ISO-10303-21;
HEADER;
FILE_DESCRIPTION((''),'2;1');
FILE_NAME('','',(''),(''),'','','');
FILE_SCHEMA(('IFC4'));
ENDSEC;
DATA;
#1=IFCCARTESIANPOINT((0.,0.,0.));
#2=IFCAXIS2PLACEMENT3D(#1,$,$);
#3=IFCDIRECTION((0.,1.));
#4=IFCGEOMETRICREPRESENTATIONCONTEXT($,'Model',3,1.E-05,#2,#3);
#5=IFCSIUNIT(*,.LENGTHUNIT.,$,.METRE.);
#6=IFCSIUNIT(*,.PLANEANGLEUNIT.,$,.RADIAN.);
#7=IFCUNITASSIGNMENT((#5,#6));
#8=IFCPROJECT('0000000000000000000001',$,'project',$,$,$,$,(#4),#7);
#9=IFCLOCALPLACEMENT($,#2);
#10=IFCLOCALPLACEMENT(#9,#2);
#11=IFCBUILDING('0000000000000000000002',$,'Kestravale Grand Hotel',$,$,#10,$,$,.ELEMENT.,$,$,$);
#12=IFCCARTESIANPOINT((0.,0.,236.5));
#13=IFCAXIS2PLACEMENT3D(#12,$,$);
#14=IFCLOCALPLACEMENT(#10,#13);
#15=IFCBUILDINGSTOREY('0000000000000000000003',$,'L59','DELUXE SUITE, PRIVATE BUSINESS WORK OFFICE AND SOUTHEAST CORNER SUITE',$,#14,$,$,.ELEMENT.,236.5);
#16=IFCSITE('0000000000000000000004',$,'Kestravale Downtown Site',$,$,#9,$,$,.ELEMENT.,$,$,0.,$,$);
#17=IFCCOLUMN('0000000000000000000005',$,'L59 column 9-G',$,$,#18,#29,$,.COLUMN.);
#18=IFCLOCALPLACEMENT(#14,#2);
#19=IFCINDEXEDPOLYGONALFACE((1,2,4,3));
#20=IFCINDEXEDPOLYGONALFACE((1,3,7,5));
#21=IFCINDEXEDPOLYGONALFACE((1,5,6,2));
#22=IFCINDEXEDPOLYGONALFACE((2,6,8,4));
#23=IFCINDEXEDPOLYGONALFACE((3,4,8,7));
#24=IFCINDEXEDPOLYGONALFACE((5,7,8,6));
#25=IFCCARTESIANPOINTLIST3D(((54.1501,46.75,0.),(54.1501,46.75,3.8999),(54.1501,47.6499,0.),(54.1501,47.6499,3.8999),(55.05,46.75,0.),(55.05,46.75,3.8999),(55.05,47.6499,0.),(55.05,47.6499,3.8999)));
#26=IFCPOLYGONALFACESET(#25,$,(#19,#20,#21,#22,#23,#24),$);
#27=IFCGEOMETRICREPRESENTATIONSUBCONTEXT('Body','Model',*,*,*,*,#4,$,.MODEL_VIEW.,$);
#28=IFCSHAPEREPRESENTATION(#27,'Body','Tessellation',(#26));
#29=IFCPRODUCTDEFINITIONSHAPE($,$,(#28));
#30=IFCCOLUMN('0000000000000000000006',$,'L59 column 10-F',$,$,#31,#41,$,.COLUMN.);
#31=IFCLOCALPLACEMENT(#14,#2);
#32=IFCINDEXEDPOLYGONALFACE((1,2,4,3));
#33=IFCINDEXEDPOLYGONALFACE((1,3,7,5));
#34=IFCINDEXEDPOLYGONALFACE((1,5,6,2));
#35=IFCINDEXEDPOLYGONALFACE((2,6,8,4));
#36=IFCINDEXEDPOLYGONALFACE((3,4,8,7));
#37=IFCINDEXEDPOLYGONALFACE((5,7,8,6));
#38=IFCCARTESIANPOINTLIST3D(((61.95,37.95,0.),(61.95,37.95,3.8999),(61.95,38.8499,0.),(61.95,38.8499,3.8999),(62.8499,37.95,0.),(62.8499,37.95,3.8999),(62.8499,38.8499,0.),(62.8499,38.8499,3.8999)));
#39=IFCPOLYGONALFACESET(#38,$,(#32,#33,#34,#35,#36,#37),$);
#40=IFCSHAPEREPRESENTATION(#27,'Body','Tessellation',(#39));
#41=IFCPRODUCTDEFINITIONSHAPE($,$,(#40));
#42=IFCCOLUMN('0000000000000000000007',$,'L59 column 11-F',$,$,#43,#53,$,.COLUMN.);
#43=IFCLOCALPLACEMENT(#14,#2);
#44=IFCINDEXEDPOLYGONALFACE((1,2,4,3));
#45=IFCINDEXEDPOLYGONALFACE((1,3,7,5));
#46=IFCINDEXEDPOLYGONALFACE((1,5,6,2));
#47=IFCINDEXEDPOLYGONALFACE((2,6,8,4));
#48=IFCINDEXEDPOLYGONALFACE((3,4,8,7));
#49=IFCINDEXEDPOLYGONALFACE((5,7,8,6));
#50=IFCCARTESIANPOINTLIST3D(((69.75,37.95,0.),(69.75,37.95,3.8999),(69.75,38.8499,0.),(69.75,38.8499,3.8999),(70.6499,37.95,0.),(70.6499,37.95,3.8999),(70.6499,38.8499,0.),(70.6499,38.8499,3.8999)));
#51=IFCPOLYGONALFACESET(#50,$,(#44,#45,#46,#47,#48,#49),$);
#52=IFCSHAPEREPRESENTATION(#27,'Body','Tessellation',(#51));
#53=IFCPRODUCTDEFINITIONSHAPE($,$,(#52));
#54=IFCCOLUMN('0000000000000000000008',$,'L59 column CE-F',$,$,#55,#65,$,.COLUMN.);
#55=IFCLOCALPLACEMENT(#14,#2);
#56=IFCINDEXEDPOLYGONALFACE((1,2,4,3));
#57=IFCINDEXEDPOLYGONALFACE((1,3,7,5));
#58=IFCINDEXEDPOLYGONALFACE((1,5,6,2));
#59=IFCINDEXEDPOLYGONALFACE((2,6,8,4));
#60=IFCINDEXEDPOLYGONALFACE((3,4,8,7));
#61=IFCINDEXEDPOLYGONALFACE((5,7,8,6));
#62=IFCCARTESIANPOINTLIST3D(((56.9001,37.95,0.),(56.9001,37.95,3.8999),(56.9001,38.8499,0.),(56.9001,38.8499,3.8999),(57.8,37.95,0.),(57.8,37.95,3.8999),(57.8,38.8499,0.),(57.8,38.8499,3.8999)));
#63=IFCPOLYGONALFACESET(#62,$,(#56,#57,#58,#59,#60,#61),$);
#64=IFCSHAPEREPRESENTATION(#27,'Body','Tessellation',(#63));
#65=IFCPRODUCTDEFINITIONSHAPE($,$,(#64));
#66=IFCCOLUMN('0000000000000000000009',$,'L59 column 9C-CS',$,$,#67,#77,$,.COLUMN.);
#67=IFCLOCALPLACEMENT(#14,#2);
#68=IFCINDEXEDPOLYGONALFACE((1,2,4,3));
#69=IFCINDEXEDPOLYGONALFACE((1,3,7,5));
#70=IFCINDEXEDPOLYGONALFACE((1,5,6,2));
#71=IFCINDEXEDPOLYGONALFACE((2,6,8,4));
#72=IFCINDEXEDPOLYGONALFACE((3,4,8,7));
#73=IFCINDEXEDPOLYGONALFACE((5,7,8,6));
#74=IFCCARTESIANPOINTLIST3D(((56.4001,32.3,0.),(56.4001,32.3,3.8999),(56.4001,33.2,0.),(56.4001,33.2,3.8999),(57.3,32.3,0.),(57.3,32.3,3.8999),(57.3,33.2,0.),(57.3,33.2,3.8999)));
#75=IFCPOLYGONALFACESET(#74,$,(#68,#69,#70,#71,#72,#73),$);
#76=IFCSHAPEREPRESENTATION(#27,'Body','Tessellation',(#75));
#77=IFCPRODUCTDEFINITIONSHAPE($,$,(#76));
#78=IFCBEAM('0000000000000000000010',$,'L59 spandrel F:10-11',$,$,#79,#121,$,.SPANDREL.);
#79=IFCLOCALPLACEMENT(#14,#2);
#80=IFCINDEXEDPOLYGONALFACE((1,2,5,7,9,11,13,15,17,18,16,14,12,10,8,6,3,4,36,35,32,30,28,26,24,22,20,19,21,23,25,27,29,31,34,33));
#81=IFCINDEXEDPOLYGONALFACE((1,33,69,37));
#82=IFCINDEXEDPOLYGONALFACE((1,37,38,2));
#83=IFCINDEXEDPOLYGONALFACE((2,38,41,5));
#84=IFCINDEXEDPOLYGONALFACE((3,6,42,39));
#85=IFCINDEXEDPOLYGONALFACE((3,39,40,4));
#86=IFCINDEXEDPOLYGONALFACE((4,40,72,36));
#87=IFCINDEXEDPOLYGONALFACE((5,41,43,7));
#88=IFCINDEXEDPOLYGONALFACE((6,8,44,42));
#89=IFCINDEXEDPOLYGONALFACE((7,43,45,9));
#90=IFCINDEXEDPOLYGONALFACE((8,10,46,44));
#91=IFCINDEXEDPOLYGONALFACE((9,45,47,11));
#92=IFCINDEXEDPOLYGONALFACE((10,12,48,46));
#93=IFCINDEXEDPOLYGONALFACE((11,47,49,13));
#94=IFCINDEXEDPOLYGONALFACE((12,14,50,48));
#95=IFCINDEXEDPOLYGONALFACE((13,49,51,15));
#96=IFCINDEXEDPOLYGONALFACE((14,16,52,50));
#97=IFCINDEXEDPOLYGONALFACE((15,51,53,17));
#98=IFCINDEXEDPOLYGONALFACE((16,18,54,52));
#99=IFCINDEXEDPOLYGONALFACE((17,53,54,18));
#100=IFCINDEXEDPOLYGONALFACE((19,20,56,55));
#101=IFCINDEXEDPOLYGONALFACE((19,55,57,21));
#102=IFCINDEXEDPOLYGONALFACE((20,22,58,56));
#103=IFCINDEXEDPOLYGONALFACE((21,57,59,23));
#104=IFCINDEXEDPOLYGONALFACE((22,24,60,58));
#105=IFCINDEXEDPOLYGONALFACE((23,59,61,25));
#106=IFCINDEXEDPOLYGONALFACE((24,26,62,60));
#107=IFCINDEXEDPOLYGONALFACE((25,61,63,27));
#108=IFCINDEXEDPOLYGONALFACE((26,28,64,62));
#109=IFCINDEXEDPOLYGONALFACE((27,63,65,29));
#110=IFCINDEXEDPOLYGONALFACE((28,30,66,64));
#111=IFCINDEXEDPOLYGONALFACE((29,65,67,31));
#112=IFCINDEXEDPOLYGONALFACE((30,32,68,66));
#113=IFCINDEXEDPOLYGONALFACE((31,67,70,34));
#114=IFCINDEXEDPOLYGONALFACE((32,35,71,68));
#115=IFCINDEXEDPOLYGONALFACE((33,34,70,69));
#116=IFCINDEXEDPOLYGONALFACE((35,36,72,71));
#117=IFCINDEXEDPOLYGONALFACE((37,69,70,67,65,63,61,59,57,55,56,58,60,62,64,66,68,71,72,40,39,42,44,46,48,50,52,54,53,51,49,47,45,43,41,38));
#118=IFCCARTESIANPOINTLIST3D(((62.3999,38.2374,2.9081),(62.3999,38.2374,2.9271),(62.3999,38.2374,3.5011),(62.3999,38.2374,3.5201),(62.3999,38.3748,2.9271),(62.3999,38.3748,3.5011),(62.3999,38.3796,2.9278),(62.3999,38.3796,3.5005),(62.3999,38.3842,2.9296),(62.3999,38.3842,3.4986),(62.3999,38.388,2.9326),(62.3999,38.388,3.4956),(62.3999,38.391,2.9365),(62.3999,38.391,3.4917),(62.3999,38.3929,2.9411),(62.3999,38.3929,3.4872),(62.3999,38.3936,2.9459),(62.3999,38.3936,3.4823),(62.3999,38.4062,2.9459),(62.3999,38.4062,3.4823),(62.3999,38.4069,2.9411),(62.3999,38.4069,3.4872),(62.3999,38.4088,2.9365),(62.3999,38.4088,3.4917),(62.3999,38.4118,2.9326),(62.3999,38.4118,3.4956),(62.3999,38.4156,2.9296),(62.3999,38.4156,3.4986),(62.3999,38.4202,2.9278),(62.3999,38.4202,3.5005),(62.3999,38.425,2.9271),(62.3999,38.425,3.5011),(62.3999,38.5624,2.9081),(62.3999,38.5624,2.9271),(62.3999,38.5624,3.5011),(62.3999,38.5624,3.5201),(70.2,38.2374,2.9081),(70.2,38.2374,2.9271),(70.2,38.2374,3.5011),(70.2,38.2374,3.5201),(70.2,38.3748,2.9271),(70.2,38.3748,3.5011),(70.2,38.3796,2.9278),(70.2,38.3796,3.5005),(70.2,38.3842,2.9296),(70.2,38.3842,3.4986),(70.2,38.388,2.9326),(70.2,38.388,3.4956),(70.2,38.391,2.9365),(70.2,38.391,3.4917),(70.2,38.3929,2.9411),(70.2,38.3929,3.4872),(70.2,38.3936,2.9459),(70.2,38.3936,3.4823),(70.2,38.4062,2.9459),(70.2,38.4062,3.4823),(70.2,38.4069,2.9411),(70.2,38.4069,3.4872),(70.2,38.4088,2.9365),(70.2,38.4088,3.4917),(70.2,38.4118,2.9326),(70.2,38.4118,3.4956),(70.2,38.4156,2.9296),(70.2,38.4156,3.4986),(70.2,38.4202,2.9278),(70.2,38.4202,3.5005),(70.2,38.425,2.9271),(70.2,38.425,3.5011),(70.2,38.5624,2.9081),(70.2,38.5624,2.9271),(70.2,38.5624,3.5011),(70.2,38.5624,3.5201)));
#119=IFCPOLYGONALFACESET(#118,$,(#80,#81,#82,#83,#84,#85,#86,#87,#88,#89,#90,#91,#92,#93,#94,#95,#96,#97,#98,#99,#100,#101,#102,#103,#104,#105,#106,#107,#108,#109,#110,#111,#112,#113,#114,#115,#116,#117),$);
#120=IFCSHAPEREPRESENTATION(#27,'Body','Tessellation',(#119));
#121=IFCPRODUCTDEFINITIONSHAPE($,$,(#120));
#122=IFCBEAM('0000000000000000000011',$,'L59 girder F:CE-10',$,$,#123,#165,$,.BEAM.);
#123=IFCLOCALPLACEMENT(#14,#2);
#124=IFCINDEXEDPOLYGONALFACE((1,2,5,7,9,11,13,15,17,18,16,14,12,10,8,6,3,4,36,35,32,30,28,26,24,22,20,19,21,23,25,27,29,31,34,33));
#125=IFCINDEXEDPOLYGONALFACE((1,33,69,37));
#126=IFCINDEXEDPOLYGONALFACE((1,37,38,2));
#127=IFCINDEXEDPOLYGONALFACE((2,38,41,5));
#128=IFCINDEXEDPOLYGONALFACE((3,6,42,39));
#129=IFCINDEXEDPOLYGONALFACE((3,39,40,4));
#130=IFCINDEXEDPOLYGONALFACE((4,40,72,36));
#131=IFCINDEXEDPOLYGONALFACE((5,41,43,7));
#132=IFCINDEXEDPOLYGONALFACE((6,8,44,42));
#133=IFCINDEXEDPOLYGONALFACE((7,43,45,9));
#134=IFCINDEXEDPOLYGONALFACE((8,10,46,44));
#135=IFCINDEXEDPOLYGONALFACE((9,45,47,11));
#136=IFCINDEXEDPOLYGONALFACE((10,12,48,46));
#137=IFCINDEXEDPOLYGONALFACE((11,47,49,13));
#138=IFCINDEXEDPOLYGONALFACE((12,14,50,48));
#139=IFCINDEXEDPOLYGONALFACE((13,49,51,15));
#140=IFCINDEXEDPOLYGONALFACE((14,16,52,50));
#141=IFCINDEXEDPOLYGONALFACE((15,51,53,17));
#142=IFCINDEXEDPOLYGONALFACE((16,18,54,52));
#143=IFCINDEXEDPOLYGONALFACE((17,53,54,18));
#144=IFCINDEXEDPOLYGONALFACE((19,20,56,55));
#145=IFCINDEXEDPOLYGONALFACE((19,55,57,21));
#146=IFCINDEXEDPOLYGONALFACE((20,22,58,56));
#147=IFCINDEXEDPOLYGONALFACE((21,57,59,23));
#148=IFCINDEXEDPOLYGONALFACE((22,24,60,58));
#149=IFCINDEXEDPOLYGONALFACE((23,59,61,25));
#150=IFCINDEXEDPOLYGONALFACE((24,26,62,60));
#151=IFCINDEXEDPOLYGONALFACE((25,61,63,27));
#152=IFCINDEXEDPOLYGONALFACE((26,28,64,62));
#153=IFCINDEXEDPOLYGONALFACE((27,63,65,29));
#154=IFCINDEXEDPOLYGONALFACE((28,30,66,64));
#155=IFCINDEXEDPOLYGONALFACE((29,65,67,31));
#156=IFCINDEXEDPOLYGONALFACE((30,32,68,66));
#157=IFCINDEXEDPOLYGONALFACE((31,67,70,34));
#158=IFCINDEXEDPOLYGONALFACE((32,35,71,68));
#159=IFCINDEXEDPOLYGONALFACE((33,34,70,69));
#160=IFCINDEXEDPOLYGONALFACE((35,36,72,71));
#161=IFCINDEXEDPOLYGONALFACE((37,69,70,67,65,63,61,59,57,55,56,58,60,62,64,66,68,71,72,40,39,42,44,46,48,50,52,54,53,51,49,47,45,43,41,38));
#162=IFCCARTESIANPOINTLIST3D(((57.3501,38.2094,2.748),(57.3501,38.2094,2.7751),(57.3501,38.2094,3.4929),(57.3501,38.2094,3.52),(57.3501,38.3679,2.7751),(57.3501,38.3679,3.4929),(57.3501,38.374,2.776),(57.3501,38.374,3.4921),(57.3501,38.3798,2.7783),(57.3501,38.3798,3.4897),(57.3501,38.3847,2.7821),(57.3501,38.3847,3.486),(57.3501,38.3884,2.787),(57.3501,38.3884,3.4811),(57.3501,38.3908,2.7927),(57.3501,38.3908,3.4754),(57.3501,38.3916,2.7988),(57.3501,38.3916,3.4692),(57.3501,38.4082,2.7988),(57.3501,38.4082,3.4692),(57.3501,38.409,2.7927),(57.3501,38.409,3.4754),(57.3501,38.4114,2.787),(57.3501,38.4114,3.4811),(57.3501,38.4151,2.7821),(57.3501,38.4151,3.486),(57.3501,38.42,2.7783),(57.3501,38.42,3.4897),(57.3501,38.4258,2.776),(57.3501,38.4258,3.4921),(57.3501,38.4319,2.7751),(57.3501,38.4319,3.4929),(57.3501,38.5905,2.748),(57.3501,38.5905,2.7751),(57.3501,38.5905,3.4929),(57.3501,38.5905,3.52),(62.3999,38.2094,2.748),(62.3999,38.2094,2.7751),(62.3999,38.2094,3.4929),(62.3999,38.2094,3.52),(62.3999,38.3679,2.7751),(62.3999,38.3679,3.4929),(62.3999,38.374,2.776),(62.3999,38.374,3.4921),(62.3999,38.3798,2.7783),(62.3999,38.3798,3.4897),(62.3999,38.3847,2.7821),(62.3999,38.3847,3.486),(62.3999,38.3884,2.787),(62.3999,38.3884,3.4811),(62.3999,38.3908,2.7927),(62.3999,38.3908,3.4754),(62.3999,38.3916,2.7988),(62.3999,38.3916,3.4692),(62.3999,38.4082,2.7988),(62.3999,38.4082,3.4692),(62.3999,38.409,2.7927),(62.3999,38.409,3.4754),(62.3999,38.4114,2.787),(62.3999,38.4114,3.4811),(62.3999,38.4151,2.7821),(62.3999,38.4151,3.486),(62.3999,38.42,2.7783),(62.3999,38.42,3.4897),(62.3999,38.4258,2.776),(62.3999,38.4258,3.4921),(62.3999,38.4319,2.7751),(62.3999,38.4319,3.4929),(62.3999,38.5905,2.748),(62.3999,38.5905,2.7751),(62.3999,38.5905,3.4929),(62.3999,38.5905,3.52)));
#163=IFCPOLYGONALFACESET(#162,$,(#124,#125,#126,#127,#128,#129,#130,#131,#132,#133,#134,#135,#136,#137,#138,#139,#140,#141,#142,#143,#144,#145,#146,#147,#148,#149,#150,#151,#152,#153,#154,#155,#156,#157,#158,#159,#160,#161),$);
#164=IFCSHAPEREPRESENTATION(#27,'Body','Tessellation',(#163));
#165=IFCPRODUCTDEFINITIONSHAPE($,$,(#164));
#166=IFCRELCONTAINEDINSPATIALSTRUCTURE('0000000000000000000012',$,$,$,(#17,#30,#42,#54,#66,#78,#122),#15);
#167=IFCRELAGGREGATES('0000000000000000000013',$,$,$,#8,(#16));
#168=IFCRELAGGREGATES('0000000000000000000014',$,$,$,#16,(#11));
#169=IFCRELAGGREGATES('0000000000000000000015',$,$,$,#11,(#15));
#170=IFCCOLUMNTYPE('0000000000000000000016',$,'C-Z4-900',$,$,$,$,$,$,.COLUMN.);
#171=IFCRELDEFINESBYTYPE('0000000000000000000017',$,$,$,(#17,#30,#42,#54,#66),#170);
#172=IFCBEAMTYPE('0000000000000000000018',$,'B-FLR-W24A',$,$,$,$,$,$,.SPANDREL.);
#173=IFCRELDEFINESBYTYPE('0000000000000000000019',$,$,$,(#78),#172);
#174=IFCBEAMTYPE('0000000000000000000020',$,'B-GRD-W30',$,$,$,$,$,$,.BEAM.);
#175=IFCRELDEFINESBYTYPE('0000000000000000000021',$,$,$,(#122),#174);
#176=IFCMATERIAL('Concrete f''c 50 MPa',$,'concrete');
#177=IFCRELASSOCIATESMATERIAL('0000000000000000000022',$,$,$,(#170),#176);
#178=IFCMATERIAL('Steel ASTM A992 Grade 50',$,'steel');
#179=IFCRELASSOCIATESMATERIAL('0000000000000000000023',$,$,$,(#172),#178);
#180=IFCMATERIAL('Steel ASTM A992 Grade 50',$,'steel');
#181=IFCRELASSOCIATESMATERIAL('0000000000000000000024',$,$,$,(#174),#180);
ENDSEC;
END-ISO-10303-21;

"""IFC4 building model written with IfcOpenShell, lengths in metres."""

from ifc_helpers import new_model, si_unit, direction, frame, origin, origin_2d, place, context, subcontext, project, spatial, rectangle, i_section, extrude, material, material_profile, profile_set, type_object, element, save


model = new_model("IFC4")

# Units and contexts
model_context = context("Model", 3, precision=1e-05, world=origin(), true_north=direction((0.0, 1.0)))
body_context = subcontext(model_context, "Body", "Model", "MODEL_VIEW")
ifc_project = project(units=[si_unit("LENGTHUNIT", "METRE"), si_unit("PLANEANGLEUNIT", "RADIAN")], contexts=[model_context])

# Site, building, storey
site_placement = place(None, origin())
site = spatial("IfcSite", under=ifc_project, at=site_placement, Name="Kestravale Downtown Site", CompositionType="ELEMENT", RefElevation=0.0)
building_placement = place(site_placement, origin())
building = spatial("IfcBuilding", under=site, at=building_placement, Name="Kestravale Grand Hotel", CompositionType="ELEMENT")
storey_placement = place(building_placement, frame((0.0, 0.0, 236.5)))
storey = spatial("IfcBuildingStorey", under=building, at=storey_placement, Name="L59", Description="DELUXE SUITE, PRIVATE BUSINESS WORK OFFICE AND SOUTHEAST CORNER SUITE", CompositionType="ELEMENT", Elevation=236.5)

# Columns
ifc_material_1 = material(Name="Concrete f'c 50 MPa", Category="concrete")
ifc_material_profile_1 = material_profile(ifc_material_1, rectangle(XDim=0.8999, YDim=0.8999, at=origin_2d()))
ifc_profile_set_1 = profile_set([ifc_material_profile_1], Name="Concrete f'c 50 MPa")
column_type = type_object("IfcColumnType", Name="C-Z4-900", PredefinedType="COLUMN", material=ifc_profile_set_1)
for number, where, z_axis, x_axis, name in (
    (1, (54.6001, 47.2, 0.0), (0.0, 0.0, 1.0), (1.0, 0.0, 0.0), "L59 column 9-G"),
    (2, (62.3999, 38.3999, 0.0), (0.0, 0.0, 1.0), (1.0, 0.0, 0.0), "L59 column 10-F"),
    (3, (70.2, 38.3999, 0.0), (0.0, 0.0, 1.0), (1.0, 0.0, 0.0), "L59 column 11-F"),
    (4, (57.3501, 38.3999, 0.0), (0.0, 0.0, 1.0), (1.0, 0.0, 0.0), "L59 column CE-F"),
    (5, (56.8501, 32.75, 0.0), (0.0, 0.0, 1.0), (1.0, 0.0, 0.0), "L59 column 9C-CS"),
):
    element("IfcColumn", number, at=place(storey_placement, frame(where, z_axis=z_axis, x_axis=x_axis)), inside=storey, type_object=column_type, Name=name, PredefinedType="COLUMN", context=body_context, shape_type="SweptSolid", body=[
        extrude(rectangle(XDim=0.8999, YDim=0.8999, at=origin_2d()), origin(), (0.0, 0.0, 1.0), 3.8999),
    ])

# Beams
ifc_material_2 = material(Name="Steel ASTM A992 Grade 50", Category="steel")
ifc_material_profile_2 = material_profile(ifc_material_2, i_section(OverallWidth=0.325, OverallDepth=0.6121, WebThickness=0.0127, FlangeThickness=0.019, FilletRadius=0.0188, at=origin_2d()))
ifc_profile_set_2 = profile_set([ifc_material_profile_2], Name="Steel ASTM A992 Grade 50")
beam_type_1 = type_object("IfcBeamType", Name="B-FLR-W24A", PredefinedType="SPANDREL", material=ifc_profile_set_2)
beam_1_placement = place(storey_placement, frame((62.3999, 38.3999, 3.2141), z_axis=(1.0, 0.0, 0.0), x_axis=(0.0, 1.0, 0.0)))
element("IfcBeam", 6, at=beam_1_placement, inside=storey, type_object=beam_type_1, Name="L59 spandrel F:10-11", PredefinedType="SPANDREL", context=body_context, shape_type="SweptSolid", body=[
    extrude(i_section(OverallWidth=0.325, OverallDepth=0.6121, WebThickness=0.0127, FlangeThickness=0.019, FilletRadius=0.0188, at=origin_2d()), origin(), (0.0, 0.0, 1.0), 7.8),
])
ifc_material_3 = material(Name="Steel ASTM A992 Grade 50", Category="steel")
ifc_material_profile_3 = material_profile(ifc_material_3, i_section(OverallWidth=0.3811, OverallDepth=0.772, WebThickness=0.0166, FlangeThickness=0.0271, FilletRadius=0.0237, at=origin_2d()))
ifc_profile_set_3 = profile_set([ifc_material_profile_3], Name="Steel ASTM A992 Grade 50")
beam_type_2 = type_object("IfcBeamType", Name="B-GRD-W30", PredefinedType="BEAM", material=ifc_profile_set_3)
beam_2_placement = place(storey_placement, frame((57.3501, 38.3999, 3.134), z_axis=(1.0, 0.0, 0.0), x_axis=(0.0, 1.0, 0.0)))
element("IfcBeam", 7, at=beam_2_placement, inside=storey, type_object=beam_type_2, Name="L59 girder F:CE-10", PredefinedType="BEAM", context=body_context, shape_type="SweptSolid", body=[
    extrude(i_section(OverallWidth=0.3811, OverallDepth=0.772, WebThickness=0.0166, FlangeThickness=0.0271, FilletRadius=0.0237, at=origin_2d()), origin(), (0.0, 0.0, 1.0), 5.0498),
])

save(model, "model.ifc")
